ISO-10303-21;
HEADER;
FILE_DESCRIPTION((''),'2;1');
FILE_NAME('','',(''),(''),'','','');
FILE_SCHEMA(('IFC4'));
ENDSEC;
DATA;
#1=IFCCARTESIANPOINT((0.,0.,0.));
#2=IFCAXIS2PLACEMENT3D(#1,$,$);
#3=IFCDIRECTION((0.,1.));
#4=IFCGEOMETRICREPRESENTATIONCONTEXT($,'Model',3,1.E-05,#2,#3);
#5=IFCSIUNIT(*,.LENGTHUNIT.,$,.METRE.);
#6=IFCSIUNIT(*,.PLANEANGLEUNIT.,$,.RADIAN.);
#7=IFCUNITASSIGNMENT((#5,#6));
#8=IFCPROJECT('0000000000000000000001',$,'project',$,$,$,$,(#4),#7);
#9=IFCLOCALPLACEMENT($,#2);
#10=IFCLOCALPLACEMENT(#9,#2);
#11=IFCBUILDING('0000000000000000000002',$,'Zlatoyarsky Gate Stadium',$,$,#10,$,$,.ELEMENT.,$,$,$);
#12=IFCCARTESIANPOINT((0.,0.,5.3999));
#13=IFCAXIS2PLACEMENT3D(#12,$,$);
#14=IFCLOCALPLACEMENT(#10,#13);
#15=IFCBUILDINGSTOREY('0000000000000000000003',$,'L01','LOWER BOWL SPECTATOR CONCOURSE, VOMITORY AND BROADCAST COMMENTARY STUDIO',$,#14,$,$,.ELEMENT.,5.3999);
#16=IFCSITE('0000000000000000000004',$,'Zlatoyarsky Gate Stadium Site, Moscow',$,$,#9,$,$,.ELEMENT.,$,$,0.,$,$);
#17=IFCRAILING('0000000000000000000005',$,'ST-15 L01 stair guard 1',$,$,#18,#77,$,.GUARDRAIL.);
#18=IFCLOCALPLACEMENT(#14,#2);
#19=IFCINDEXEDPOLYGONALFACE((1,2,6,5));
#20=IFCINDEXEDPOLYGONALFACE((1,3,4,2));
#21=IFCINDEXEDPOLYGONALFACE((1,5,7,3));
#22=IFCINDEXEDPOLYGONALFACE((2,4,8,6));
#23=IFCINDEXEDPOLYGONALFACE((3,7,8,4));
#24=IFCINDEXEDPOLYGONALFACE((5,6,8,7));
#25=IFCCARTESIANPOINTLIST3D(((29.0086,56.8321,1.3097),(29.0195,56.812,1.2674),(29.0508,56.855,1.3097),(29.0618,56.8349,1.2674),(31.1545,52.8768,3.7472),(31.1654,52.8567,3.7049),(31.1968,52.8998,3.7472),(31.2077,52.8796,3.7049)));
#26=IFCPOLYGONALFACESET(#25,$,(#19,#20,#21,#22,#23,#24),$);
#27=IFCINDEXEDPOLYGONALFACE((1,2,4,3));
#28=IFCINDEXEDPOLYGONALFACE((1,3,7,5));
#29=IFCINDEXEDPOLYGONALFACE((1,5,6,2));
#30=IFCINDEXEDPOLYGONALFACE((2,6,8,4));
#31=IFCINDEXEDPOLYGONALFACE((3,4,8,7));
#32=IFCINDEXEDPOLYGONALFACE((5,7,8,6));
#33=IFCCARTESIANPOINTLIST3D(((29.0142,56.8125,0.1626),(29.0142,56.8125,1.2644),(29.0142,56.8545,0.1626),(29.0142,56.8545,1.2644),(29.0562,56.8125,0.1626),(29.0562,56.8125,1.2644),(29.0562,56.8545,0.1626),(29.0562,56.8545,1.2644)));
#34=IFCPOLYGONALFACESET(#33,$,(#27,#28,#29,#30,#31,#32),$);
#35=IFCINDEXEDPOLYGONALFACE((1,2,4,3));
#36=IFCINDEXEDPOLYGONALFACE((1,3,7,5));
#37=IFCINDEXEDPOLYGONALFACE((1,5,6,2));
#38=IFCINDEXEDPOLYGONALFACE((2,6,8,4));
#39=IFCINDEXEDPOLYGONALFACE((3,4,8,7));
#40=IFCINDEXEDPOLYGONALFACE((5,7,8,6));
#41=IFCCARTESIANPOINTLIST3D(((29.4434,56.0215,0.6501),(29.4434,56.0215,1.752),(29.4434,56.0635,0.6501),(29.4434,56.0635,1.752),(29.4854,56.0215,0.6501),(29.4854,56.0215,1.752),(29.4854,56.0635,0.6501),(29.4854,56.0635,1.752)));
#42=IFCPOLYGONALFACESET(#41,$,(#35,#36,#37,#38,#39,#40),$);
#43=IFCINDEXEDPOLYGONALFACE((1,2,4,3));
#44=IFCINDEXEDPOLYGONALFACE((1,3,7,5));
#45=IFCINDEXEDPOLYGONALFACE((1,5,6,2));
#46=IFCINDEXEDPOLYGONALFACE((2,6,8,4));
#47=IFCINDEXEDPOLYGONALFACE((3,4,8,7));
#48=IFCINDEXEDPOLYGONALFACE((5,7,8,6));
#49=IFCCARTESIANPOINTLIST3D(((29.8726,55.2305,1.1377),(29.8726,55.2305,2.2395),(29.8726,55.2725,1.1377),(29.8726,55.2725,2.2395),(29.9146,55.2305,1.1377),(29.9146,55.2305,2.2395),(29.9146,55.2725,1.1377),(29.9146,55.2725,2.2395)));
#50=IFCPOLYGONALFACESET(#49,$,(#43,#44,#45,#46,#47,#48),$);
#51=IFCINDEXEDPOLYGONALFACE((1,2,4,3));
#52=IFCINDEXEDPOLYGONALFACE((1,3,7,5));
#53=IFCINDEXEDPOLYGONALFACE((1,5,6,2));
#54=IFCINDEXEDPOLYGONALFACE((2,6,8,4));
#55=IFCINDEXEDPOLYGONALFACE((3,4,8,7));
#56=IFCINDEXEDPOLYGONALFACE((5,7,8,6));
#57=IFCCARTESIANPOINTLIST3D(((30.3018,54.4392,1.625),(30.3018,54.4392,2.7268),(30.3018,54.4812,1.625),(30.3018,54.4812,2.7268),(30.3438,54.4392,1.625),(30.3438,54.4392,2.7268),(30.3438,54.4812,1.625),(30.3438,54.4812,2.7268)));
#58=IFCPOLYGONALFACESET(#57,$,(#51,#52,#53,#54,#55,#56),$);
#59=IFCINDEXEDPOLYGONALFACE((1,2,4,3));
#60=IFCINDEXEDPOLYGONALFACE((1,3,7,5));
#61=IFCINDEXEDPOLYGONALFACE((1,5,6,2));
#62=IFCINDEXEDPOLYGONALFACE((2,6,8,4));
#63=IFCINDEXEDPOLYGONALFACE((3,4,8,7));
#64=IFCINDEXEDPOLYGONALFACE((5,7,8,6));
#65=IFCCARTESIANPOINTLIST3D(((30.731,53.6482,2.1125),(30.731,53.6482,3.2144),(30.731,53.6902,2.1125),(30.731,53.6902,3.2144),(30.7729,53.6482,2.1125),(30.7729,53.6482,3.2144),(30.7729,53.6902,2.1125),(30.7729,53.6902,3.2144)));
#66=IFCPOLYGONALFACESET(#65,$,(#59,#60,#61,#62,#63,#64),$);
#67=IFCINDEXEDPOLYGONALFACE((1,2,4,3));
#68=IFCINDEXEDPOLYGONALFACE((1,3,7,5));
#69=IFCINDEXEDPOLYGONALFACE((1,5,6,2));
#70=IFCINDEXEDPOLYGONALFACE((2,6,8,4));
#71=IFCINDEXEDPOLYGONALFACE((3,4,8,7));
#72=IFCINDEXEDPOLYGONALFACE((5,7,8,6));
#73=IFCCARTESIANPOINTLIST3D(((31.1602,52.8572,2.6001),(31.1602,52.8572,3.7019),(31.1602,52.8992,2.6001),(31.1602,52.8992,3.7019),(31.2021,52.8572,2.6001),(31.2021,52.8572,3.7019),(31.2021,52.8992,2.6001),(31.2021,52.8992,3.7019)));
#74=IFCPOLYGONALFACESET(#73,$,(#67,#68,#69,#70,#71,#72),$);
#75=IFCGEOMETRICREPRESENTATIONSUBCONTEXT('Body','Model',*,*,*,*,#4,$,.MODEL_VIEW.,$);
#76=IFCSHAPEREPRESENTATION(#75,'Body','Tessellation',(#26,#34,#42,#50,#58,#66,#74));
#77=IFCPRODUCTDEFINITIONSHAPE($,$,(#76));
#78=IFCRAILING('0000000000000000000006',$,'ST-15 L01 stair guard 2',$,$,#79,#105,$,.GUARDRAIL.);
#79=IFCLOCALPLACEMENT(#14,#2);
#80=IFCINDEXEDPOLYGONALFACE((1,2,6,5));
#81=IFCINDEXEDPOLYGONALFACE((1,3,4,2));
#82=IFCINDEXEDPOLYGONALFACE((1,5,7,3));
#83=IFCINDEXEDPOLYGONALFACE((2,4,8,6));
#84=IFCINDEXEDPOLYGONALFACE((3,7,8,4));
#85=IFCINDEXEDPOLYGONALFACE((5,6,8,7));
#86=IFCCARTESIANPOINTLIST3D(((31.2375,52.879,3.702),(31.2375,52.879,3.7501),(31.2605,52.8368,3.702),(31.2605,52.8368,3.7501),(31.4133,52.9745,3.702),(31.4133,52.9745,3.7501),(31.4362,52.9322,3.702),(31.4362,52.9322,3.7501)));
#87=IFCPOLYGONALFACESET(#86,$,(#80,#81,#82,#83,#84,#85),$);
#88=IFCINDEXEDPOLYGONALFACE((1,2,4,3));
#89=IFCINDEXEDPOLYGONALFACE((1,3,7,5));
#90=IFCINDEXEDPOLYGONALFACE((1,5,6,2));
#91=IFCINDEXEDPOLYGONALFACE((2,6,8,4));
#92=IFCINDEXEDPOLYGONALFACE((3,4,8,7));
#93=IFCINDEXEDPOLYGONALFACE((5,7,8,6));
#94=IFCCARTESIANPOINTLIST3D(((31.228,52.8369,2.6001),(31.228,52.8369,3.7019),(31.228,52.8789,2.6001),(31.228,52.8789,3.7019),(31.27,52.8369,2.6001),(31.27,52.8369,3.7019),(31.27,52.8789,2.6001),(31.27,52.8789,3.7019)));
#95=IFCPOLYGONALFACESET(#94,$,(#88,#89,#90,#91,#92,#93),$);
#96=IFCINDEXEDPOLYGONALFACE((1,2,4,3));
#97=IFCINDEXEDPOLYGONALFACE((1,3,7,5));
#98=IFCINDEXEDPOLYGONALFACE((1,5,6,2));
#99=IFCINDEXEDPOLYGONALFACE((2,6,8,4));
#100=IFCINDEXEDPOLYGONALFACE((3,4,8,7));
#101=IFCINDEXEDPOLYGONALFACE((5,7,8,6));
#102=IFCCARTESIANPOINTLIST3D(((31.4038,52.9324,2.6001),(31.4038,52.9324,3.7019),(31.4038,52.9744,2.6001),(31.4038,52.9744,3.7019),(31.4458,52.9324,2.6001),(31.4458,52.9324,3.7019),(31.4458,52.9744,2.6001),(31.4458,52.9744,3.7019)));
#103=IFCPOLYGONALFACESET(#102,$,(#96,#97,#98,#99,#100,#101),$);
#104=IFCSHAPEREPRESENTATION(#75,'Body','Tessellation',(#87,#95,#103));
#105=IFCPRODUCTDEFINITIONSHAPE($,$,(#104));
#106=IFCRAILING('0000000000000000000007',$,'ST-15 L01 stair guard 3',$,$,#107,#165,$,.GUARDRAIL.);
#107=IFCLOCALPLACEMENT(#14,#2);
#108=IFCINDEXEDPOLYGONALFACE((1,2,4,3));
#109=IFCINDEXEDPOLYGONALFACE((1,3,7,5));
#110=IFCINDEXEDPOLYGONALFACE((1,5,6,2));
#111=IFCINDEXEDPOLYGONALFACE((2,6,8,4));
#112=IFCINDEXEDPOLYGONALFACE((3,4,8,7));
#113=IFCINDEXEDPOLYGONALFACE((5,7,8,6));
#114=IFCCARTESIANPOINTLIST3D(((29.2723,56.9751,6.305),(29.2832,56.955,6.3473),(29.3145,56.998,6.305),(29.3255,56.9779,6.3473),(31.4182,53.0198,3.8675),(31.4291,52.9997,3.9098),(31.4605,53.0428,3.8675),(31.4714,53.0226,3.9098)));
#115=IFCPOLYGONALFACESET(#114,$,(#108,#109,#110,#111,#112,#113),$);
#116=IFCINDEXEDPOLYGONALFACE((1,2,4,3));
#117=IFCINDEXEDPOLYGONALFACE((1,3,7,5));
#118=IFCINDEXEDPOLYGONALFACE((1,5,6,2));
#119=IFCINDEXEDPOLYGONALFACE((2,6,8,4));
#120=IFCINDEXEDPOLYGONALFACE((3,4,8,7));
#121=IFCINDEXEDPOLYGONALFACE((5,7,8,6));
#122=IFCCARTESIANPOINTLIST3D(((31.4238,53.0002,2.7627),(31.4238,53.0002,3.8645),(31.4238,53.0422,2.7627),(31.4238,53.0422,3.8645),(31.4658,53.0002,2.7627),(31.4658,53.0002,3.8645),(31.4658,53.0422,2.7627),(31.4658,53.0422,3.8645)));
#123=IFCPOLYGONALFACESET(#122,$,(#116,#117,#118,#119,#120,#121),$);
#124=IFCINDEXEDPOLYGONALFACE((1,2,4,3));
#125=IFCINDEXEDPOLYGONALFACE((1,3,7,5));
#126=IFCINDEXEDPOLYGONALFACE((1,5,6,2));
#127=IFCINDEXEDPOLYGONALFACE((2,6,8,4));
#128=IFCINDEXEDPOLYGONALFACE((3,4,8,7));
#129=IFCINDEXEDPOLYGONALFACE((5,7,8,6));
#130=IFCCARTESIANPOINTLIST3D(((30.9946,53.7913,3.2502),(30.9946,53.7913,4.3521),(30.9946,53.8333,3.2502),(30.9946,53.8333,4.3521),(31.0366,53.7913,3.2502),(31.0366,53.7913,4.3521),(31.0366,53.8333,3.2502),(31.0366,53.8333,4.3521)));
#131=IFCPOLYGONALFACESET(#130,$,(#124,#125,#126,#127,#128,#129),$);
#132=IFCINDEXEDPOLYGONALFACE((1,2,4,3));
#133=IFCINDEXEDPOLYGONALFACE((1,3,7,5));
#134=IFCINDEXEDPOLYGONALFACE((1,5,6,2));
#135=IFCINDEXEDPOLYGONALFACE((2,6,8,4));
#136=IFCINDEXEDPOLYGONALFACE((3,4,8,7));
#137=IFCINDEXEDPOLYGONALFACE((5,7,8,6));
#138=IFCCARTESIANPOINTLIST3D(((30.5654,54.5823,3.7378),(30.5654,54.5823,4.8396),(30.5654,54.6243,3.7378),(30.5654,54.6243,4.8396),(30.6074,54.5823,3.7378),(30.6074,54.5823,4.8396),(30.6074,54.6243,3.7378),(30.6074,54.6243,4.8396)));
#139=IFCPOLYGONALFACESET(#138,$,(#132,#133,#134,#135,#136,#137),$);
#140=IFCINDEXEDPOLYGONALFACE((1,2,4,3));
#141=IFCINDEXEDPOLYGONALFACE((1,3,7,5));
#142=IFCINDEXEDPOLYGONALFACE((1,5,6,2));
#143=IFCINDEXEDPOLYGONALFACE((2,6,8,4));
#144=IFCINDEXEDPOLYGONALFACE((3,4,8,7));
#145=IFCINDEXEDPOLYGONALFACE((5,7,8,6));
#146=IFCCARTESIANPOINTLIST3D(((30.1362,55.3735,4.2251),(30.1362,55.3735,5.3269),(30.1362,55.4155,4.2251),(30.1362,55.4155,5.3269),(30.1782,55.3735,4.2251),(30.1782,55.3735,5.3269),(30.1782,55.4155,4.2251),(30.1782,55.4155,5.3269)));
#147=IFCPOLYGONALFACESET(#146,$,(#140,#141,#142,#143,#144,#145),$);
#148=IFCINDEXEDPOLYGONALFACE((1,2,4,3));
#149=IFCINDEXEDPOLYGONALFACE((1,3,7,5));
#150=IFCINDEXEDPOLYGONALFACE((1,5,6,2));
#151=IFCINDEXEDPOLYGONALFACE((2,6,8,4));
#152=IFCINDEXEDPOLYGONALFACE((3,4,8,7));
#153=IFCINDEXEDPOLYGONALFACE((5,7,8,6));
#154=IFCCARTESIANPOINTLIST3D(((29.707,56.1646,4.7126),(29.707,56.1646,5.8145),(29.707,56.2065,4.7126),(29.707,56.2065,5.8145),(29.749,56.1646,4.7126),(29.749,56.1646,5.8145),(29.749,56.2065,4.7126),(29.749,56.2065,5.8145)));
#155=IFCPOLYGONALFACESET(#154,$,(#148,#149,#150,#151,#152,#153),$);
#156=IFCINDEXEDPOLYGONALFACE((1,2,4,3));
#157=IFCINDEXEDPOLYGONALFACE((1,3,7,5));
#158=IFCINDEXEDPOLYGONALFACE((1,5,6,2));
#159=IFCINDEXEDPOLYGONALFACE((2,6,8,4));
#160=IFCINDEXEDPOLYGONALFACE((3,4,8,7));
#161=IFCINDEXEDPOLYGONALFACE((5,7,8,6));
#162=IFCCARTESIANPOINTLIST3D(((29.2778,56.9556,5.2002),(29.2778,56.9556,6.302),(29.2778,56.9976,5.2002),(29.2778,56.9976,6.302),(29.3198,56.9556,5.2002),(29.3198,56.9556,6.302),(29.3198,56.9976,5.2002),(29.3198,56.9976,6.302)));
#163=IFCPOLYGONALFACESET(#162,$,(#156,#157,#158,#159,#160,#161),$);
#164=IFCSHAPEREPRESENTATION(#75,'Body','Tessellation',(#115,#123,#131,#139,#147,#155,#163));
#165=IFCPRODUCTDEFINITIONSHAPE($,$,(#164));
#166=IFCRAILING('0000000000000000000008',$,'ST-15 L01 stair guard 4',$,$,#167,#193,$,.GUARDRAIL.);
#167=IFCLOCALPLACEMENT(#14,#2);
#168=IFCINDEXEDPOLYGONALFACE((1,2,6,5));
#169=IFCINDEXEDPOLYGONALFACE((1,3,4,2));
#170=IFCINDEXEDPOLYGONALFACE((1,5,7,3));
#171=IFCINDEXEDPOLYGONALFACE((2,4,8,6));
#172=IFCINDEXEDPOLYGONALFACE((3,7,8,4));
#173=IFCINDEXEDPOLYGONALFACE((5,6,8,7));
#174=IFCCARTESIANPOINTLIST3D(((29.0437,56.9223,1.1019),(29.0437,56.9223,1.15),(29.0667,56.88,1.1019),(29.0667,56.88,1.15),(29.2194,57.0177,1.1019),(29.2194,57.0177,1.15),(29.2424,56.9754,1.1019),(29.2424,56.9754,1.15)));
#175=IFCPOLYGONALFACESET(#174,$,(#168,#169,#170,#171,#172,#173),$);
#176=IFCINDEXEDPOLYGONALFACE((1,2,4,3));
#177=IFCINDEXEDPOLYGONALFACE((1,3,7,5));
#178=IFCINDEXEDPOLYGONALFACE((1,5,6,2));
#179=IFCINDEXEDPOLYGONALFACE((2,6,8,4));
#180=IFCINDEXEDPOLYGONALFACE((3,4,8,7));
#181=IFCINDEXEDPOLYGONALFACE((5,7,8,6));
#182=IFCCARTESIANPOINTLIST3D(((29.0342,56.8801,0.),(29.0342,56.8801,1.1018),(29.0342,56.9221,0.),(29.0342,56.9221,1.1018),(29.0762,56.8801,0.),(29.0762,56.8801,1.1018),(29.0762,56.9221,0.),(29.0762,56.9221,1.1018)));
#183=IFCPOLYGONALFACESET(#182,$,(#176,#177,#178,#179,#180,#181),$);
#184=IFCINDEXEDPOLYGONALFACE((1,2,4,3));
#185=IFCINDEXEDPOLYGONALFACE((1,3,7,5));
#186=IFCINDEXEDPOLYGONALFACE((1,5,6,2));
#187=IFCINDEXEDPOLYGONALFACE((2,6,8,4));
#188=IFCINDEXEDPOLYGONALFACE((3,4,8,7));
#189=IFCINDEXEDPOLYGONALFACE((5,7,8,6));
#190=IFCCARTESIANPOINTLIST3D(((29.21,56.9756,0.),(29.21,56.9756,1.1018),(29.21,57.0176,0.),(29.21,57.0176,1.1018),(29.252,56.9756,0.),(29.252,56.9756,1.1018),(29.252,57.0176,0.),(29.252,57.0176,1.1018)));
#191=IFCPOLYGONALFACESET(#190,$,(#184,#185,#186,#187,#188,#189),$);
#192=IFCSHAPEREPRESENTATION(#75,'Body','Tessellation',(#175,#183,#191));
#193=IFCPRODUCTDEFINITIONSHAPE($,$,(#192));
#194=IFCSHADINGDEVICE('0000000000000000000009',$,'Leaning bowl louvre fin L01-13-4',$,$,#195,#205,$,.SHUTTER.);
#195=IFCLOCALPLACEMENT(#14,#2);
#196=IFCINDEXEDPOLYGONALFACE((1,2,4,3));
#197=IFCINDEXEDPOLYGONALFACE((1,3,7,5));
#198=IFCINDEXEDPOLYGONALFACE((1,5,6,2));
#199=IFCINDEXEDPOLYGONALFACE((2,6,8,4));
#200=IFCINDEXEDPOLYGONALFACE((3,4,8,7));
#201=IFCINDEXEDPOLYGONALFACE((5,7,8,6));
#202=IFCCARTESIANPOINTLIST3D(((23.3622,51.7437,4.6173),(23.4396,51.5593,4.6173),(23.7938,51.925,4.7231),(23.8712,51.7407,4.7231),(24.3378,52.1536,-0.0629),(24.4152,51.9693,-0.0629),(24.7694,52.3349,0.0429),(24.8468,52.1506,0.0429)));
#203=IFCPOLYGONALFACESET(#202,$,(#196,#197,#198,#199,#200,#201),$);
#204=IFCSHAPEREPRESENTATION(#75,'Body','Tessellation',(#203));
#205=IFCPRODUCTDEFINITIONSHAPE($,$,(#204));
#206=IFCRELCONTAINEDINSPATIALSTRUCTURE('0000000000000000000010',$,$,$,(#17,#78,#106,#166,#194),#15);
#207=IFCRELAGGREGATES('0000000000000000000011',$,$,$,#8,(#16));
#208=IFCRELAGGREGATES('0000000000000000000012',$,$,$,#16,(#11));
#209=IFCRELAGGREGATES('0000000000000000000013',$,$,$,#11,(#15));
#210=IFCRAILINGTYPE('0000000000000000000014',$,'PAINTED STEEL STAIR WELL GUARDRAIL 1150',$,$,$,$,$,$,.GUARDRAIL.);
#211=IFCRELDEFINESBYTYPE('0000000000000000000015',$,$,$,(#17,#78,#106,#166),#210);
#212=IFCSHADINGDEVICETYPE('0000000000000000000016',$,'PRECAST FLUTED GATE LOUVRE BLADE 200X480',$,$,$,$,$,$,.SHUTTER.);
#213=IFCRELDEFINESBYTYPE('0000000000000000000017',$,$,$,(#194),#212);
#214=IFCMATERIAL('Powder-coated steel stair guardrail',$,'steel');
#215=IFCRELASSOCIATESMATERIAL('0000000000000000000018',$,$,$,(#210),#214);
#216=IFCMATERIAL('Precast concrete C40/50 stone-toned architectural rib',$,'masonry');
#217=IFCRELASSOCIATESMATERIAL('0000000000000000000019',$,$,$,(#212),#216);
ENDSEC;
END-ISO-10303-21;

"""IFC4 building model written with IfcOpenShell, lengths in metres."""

from ifc_helpers import new_model, si_unit, direction, frame, origin, origin_2d, place, context, subcontext, project, spatial, rectangle, extrude, material, material_profile, profile_set, type_object, element, save


model = new_model("IFC4")

# Units and contexts
model_context = context("Model", 3, precision=1e-05, world=origin(), true_north=direction((0.0, 1.0)))
body_context = subcontext(model_context, "Body", "Model", "MODEL_VIEW")
ifc_project = project(units=[si_unit("LENGTHUNIT", "METRE"), si_unit("PLANEANGLEUNIT", "RADIAN")], contexts=[model_context])

# Site, building, storey
site_placement = place(None, origin())
site = spatial("IfcSite", under=ifc_project, at=site_placement, Name="Zlatoyarsky Gate Stadium Site, Moscow", CompositionType="ELEMENT", RefElevation=0.0)
building_placement = place(site_placement, origin())
building = spatial("IfcBuilding", under=site, at=building_placement, Name="Zlatoyarsky Gate Stadium", CompositionType="ELEMENT")
storey_placement = place(building_placement, frame((0.0, 0.0, 5.3999)))
storey = spatial("IfcBuildingStorey", under=building, at=storey_placement, Name="L01", Description="LOWER BOWL SPECTATOR CONCOURSE, VOMITORY AND BROADCAST COMMENTARY STUDIO", CompositionType="ELEMENT", Elevation=5.3999)

# Railings
ifc_material_1 = material(Name="Powder-coated steel stair guardrail", Category="steel")
railing_type_1 = type_object("IfcRailingType", Name="PAINTED STEEL STAIR WELL GUARDRAIL 1150", PredefinedType="GUARDRAIL", material=ifc_material_1)
railing_1_placement = place(storey_placement, frame((29.0352, 56.8335, 0.1626)))
element("IfcRailing", 1, at=railing_1_placement, inside=storey, type_object=railing_type_1, Name="ST-15 L01 stair guard 1", PredefinedType="GUARDRAIL", context=body_context, shape_type="SweptSolid", body=[
    extrude(rectangle(XDim=0.0481, YDim=0.0481, at=origin_2d()), frame((0.0, 0.0, 1.126), z_axis=(0.419325, -0.772865, 0.476284), x_axis=(0.878963, 0.47689, 0.0)), (0.0, 0.0, 1.0), 5.1177),
    extrude(rectangle(XDim=0.042, YDim=0.042, at=origin_2d()), origin(), (0.0, 0.0, 1.0), 1.1018),
    extrude(rectangle(XDim=0.042, YDim=0.042, at=origin_2d()), frame((0.4292, -0.791, 0.4875)), (0.0, 0.0, 1.0), 1.1018),
    extrude(rectangle(XDim=0.042, YDim=0.042, at=origin_2d()), frame((0.8584, -1.582, 0.9751)), (0.0, 0.0, 1.0), 1.1018),
    extrude(rectangle(XDim=0.042, YDim=0.042, at=origin_2d()), frame((1.2876, -2.3733, 1.4624)), (0.0, 0.0, 1.0), 1.1018),
    extrude(rectangle(XDim=0.042, YDim=0.042, at=origin_2d()), frame((1.7168, -3.1643, 1.95)), (0.0, 0.0, 1.0), 1.1018),
    extrude(rectangle(XDim=0.042, YDim=0.042, at=origin_2d()), frame((2.146, -3.9553, 2.4375)), (0.0, 0.0, 1.0), 1.1018),
])
railing_2_placement = place(storey_placement, frame((31.249, 52.8579, 2.6001)))
element("IfcRailing", 2, at=railing_2_placement, inside=storey, type_object=railing_type_1, Name="ST-15 L01 stair guard 2", PredefinedType="GUARDRAIL", context=body_context, shape_type="SweptSolid", body=[
    extrude(rectangle(XDim=0.0481, YDim=0.0481, at=origin_2d()), frame((0.0, 0.0, 1.126), z_axis=(0.87878, 0.477227, 0.0), x_axis=(-0.477227, 0.87878, 0.0)), (0.0, 0.0, 1.0), 0.2),
    extrude(rectangle(XDim=0.042, YDim=0.042, at=origin_2d()), origin(), (0.0, 0.0, 1.0), 1.1018),
    extrude(rectangle(XDim=0.042, YDim=0.042, at=origin_2d()), frame((0.1758, 0.0955, 0.0)), (0.0, 0.0, 1.0), 1.1018),
])
railing_3_placement = place(storey_placement, frame((31.4448, 53.0212, 2.7627)))
element("IfcRailing", 3, at=railing_3_placement, inside=storey, type_object=railing_type_1, Name="ST-15 L01 stair guard 3", PredefinedType="GUARDRAIL", context=body_context, shape_type="SweptSolid", body=[
    extrude(rectangle(XDim=0.0481, YDim=0.0481, at=origin_2d()), frame((0.0, 0.0, 1.126), z_axis=(-0.419325, 0.772865, 0.476284), x_axis=(-0.878963, -0.47689, 0.0)), (0.0, 0.0, 1.0), 5.1177),
    extrude(rectangle(XDim=0.042, YDim=0.042, at=origin_2d()), origin(), (0.0, 0.0, 1.0), 1.1018),
    extrude(rectangle(XDim=0.042, YDim=0.042, at=origin_2d()), frame((-0.4292, 0.791, 0.4875)), (0.0, 0.0, 1.0), 1.1018),
    extrude(rectangle(XDim=0.042, YDim=0.042, at=origin_2d()), frame((-0.8584, 1.582, 0.9751)), (0.0, 0.0, 1.0), 1.1018),
    extrude(rectangle(XDim=0.042, YDim=0.042, at=origin_2d()), frame((-1.2876, 2.3733, 1.4624)), (0.0, 0.0, 1.0), 1.1018),
    extrude(rectangle(XDim=0.042, YDim=0.042, at=origin_2d()), frame((-1.7168, 3.1643, 1.95)), (0.0, 0.0, 1.0), 1.1018),
    extrude(rectangle(XDim=0.042, YDim=0.042, at=origin_2d()), frame((-2.146, 3.9553, 2.4375)), (0.0, 0.0, 1.0), 1.1018),
])
railing_4_placement = place(storey_placement, frame((29.0552, 56.9011, 0.0)))
element("IfcRailing", 4, at=railing_4_placement, inside=storey, type_object=railing_type_1, Name="ST-15 L01 stair guard 4", PredefinedType="GUARDRAIL", context=body_context, shape_type="SweptSolid", body=[
    extrude(rectangle(XDim=0.0481, YDim=0.0481, at=origin_2d()), frame((0.0, 0.0, 1.126), z_axis=(0.87878, 0.477227, 0.0), x_axis=(-0.477227, 0.87878, 0.0)), (0.0, 0.0, 1.0), 0.2),
    extrude(rectangle(XDim=0.042, YDim=0.042, at=origin_2d()), origin(), (0.0, 0.0, 1.0), 1.1018),
    extrude(rectangle(XDim=0.042, YDim=0.042, at=origin_2d()), frame((0.1758, 0.0955, 0.0)), (0.0, 0.0, 1.0), 1.1018),
])

# Shading device
ifc_material_2 = material(Name="Precast concrete C40/50 stone-toned architectural rib", Category="masonry")
ifc_material_profile_1 = material_profile(ifc_material_2, rectangle(XDim=0.2, YDim=0.48, at=origin_2d()), Name="RIB 200X480")
ifc_profile_set_1 = profile_set([ifc_material_profile_1], Name="Precast concrete C40/50 stone-toned architectural rib")
shading_device_type = type_object("IfcShadingDeviceType", Name="PRECAST FLUTED GATE LOUVRE BLADE 200X480", PredefinedType="SHUTTER", material=ifc_profile_set_1)
shading_device_placement = place(storey_placement, frame((24.5923, 52.1521, -0.01), z_axis=(-0.203318, -0.085428, 0.975379), x_axis=(0.387366, -0.921926, 0.0)))
element("IfcShadingDevice", 5, at=shading_device_placement, inside=storey, type_object=shading_device_type, Name="Leaning bowl louvre fin L01-13-4", PredefinedType="SHUTTER", context=body_context, shape_type="SweptSolid", body=[
    extrude(rectangle(XDim=0.2, YDim=0.48, at=origin_2d()), origin(), (0.0, 0.0, 1.0), 4.7983),
])

save(model, "model.ifc")
